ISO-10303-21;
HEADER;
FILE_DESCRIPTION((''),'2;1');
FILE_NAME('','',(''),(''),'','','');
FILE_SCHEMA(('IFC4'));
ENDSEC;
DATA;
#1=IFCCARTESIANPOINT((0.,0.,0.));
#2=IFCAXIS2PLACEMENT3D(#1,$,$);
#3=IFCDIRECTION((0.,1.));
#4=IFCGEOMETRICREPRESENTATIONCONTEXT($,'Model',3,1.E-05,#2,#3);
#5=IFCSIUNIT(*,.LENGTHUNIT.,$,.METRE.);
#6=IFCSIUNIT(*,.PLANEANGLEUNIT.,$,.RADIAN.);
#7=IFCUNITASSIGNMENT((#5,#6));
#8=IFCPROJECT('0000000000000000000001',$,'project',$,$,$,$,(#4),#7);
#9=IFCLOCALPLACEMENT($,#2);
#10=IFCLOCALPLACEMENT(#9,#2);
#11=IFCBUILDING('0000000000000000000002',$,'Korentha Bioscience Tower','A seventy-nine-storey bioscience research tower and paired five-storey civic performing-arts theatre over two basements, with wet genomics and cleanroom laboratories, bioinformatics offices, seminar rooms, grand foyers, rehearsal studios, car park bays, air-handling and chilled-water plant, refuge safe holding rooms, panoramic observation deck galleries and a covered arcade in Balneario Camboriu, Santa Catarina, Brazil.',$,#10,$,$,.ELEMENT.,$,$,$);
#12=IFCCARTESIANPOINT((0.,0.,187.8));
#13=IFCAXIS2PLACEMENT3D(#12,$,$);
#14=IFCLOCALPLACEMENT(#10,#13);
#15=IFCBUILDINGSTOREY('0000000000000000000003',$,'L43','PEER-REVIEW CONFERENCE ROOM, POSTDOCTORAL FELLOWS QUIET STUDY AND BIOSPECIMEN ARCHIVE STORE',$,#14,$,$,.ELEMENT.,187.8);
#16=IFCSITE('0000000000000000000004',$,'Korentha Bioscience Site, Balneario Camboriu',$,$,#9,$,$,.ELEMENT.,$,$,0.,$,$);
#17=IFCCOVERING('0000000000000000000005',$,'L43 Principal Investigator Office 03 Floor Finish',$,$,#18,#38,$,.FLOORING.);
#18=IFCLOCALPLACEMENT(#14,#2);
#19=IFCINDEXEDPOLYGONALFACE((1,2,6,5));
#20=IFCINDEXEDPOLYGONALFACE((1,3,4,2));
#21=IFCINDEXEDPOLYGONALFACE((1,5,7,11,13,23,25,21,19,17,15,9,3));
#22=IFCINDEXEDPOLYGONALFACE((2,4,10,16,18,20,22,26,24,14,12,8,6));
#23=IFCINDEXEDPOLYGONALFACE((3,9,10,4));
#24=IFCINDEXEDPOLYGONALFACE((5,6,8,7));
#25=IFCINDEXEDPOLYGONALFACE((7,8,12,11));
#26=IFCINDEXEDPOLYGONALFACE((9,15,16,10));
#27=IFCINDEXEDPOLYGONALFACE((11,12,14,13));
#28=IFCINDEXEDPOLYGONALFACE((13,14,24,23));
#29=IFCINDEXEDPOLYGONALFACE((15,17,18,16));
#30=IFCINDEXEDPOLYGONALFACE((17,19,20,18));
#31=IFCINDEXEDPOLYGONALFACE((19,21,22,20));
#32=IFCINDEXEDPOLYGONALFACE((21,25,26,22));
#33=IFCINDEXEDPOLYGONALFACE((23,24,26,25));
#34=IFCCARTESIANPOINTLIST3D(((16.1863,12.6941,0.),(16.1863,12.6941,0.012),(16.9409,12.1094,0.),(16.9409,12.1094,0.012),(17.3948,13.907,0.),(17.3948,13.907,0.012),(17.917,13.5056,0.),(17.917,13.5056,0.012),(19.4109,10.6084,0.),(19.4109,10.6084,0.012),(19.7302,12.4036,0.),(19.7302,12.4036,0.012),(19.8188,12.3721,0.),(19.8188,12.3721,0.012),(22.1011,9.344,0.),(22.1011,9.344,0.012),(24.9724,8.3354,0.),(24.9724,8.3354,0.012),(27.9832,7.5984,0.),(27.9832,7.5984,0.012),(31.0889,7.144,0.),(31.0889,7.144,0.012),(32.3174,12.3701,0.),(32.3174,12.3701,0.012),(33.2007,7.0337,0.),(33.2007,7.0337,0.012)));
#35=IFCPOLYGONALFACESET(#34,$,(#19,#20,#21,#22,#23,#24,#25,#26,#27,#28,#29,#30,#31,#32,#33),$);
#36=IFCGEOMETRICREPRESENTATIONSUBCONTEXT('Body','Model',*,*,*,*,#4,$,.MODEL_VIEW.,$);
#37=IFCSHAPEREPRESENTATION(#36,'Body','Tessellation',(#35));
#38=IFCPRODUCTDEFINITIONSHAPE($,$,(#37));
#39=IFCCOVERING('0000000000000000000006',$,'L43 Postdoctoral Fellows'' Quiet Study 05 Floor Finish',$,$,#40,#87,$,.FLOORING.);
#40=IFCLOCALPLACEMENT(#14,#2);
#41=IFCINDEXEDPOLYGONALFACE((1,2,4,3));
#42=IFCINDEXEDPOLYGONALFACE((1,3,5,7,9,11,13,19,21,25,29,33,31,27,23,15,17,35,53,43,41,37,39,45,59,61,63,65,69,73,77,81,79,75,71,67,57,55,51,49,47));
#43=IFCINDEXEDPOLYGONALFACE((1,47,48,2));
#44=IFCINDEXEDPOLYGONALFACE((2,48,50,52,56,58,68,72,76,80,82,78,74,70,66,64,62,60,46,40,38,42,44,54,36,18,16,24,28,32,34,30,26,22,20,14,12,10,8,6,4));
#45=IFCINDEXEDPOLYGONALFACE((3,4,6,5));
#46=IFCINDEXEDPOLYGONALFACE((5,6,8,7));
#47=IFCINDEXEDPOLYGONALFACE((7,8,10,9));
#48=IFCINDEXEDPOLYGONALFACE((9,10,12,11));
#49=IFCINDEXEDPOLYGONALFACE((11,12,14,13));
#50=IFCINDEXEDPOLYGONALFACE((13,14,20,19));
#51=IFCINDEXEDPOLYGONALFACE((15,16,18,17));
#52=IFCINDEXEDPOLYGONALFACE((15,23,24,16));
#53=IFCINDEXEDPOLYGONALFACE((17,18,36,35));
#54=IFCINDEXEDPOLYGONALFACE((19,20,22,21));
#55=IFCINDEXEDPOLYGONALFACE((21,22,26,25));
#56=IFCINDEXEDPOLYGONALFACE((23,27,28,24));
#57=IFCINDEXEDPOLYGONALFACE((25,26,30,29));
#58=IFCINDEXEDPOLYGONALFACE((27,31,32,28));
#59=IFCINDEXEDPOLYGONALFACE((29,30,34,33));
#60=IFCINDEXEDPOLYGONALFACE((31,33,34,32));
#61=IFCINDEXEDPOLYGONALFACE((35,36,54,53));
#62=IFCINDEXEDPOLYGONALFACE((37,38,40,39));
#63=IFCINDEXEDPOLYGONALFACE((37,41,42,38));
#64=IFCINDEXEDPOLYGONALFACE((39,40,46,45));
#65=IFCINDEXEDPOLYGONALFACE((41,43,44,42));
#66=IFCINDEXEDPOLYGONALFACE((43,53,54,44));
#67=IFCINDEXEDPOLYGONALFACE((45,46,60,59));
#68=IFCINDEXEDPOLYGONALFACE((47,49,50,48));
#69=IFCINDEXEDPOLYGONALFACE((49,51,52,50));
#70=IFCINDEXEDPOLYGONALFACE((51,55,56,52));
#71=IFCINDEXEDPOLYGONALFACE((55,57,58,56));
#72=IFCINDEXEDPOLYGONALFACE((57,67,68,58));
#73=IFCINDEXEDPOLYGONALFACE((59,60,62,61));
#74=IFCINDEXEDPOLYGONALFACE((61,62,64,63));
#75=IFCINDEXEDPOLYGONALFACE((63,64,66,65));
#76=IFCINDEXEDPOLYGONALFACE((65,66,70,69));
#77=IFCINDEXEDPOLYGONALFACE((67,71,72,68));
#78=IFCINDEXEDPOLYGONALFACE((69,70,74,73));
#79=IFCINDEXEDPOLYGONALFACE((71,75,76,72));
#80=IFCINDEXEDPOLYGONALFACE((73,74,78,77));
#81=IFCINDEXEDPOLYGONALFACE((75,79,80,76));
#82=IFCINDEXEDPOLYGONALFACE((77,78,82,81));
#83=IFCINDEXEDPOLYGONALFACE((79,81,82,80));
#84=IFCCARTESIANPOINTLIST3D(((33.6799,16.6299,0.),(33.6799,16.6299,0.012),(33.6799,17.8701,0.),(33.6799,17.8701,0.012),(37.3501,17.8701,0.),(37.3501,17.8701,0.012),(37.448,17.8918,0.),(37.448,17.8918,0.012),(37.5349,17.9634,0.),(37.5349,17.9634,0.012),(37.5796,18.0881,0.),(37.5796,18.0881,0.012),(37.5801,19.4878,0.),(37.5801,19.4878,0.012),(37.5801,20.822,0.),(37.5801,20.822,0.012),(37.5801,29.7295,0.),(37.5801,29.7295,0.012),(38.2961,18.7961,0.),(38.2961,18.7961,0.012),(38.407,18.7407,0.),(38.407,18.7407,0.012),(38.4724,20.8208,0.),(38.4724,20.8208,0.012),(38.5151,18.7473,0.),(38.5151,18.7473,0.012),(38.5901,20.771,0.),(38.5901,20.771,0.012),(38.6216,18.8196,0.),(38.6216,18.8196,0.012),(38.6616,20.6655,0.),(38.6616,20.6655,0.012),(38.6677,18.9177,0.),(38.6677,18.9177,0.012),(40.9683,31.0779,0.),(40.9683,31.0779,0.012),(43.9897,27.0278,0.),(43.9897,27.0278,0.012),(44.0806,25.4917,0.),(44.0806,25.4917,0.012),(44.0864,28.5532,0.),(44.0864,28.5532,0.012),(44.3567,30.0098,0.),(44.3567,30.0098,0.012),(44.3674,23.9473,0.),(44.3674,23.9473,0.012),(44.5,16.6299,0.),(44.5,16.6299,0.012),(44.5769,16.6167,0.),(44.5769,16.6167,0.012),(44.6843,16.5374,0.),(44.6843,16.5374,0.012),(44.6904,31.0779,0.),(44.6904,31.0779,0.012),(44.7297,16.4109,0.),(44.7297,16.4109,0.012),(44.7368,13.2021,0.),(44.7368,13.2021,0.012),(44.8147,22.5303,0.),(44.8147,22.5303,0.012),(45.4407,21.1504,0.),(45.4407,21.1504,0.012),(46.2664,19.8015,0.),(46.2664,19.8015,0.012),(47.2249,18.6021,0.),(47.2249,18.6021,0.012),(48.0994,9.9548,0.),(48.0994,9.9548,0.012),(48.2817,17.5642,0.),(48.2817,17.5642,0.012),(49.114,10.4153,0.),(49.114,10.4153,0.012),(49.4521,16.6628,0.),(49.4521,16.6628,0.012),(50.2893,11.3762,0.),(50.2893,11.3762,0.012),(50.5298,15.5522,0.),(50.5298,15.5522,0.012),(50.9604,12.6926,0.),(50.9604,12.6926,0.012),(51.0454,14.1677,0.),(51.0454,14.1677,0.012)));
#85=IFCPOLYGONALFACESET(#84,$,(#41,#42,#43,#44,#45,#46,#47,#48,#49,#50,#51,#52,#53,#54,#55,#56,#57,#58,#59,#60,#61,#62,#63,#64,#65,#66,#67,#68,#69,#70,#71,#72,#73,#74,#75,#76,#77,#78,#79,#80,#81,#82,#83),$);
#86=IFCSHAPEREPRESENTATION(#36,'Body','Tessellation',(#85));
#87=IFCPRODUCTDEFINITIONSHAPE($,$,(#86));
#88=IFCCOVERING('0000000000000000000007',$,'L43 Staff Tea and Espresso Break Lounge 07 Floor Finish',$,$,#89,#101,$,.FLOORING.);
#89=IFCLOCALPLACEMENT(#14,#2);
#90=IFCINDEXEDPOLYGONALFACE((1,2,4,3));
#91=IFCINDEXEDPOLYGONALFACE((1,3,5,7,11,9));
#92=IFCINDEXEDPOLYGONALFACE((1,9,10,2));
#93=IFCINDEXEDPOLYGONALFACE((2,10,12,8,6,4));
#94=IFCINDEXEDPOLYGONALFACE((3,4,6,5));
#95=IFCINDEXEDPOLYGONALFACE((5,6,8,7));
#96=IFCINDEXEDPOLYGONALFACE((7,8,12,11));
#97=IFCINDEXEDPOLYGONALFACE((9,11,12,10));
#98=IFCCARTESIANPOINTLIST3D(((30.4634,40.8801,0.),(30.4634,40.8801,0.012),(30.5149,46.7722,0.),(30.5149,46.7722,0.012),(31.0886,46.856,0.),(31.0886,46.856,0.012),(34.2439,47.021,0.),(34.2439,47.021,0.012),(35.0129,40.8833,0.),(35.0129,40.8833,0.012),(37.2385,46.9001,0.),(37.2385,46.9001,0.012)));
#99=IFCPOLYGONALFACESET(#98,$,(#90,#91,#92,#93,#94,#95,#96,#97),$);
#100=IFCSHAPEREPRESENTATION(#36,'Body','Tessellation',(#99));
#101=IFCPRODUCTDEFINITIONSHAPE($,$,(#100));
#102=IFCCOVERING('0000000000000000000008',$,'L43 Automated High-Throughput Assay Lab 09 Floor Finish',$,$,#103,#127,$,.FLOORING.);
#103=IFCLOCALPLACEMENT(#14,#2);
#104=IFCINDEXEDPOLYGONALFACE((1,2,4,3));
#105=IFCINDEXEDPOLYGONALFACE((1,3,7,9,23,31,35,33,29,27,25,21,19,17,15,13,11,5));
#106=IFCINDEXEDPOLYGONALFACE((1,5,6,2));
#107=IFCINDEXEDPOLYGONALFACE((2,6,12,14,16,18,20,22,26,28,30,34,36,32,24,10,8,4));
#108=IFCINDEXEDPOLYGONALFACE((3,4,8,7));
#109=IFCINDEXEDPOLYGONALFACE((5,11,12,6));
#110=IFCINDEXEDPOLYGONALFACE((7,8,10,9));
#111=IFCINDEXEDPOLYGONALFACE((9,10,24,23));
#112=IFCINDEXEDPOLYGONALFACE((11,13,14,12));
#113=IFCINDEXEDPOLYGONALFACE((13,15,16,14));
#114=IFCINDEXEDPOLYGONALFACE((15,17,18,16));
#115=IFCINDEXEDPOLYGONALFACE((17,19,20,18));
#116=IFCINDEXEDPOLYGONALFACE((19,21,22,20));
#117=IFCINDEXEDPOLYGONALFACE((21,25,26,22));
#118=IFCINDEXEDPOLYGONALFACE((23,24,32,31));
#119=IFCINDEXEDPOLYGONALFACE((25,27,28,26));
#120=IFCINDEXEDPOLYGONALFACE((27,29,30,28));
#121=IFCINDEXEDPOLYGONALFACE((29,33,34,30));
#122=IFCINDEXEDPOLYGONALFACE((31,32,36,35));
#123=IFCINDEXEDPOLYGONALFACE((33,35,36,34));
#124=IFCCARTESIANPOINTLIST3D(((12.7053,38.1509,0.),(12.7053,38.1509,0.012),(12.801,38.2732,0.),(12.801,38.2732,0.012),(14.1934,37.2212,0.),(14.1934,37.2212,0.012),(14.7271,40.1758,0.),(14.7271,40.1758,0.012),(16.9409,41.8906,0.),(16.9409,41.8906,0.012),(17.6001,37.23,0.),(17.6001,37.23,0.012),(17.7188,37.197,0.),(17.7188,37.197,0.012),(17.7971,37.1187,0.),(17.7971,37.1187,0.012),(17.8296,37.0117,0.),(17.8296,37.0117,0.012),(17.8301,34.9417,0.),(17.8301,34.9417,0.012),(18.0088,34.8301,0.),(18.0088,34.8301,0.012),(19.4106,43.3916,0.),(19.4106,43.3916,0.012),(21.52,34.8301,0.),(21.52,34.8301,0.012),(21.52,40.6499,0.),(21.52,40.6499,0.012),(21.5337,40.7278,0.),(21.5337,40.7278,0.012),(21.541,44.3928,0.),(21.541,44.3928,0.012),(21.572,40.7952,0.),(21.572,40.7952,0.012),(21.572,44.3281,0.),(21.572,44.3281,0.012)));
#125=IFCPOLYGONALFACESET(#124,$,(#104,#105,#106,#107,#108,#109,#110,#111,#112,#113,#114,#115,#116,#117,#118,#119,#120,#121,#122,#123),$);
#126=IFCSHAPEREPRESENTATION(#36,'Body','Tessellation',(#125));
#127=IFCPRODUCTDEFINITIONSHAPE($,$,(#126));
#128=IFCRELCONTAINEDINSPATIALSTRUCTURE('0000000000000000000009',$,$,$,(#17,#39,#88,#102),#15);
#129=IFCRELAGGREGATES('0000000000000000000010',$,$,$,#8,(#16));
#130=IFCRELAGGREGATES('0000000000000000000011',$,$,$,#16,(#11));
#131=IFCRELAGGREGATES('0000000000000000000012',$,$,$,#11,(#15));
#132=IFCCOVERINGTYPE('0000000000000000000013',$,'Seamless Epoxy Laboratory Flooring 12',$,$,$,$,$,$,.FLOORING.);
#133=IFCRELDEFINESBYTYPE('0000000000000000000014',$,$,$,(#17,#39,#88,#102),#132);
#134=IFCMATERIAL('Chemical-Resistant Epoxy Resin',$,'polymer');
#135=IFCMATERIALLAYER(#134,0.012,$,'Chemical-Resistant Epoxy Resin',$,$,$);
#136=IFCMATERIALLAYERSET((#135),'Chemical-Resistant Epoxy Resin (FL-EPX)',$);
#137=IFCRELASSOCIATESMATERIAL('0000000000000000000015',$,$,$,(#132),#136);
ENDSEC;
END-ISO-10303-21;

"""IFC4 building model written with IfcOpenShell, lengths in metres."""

from ifc_helpers import new_model, si_unit, direction, frame, origin, place, context, subcontext, project, spatial, polyline, outline, extrude, material, layer, layer_set, type_object, element, save


model = new_model("IFC4")

# Units and contexts
model_context = context("Model", 3, precision=1e-05, world=origin(), true_north=direction((0.0, 1.0)))
body_context = subcontext(model_context, "Body", "Model", "MODEL_VIEW")
ifc_project = project(units=[si_unit("LENGTHUNIT", "METRE"), si_unit("PLANEANGLEUNIT", "RADIAN")], contexts=[model_context])

# Site, building, storey
site_placement = place(None, origin())
site = spatial("IfcSite", under=ifc_project, at=site_placement, Name="Korentha Bioscience Site, Balneario Camboriu", CompositionType="ELEMENT", RefElevation=0.0)
building_placement = place(site_placement, origin())
building = spatial("IfcBuilding", under=site, at=building_placement, Name="Korentha Bioscience Tower", Description="A seventy-nine-storey bioscience research tower and paired five-storey civic performing-arts theatre over two basements, with wet genomics and cleanroom laboratories, bioinformatics offices, seminar rooms, grand foyers, rehearsal studios, car park bays, air-handling and chilled-water plant, refuge safe holding rooms, panoramic observation deck galleries and a covered arcade in Balneario Camboriu, Santa Catarina, Brazil.", CompositionType="ELEMENT")
storey_placement = place(building_placement, frame((0.0, 0.0, 187.8)))
storey = spatial("IfcBuildingStorey", under=building, at=storey_placement, Name="L43", Description="PEER-REVIEW CONFERENCE ROOM, POSTDOCTORAL FELLOWS QUIET STUDY AND BIOSPECIMEN ARCHIVE STORE", CompositionType="ELEMENT", Elevation=187.8)

# Coverings
ifc_material_1 = material(Name="Chemical-Resistant Epoxy Resin", Category="polymer")
ifc_layer_1 = layer(ifc_material_1, 0.012, Name="Chemical-Resistant Epoxy Resin")
ifc_layer_set_1 = layer_set([ifc_layer_1], Name="Chemical-Resistant Epoxy Resin (FL-EPX)")
covering_type_1 = type_object("IfcCoveringType", Name="Seamless Epoxy Laboratory Flooring 12", PredefinedType="FLOORING", material=ifc_layer_set_1)
covering_1_placement = place(storey_placement, origin())
element("IfcCovering", 1, at=covering_1_placement, inside=storey, type_object=covering_type_1, Name="L43 Principal Investigator Office 03 Floor Finish", PredefinedType="FLOORING", context=body_context, shape_type="SweptSolid", body=[
    extrude(outline(polyline([(22.1011, 9.344), (19.4109, 10.6084), (16.9409, 12.1094), (16.1863, 12.6941), (17.3948, 13.907), (17.917, 13.5056), (19.7302, 12.4036), (19.8188, 12.3721), (32.3174, 12.3701), (33.2007, 7.0337), (31.0889, 7.144), (27.9832, 7.5984), (24.9724, 8.3354), (22.1011, 9.344)])), origin(), (0.0, 0.0, 1.0), 0.012),
])
covering_2_placement = place(storey_placement, origin())
element("IfcCovering", 2, at=covering_2_placement, inside=storey, type_object=covering_type_1, Name="L43 Postdoctoral Fellows' Quiet Study 05 Floor Finish", PredefinedType="FLOORING", context=body_context, shape_type="SweptSolid", body=[
    extrude(outline(polyline([(38.2961, 18.7961), (38.407, 18.7407), (38.5151, 18.7473), (38.6216, 18.8196), (38.6677, 18.9177), (38.6616, 20.6655), (38.5901, 20.771), (38.4724, 20.8208), (37.5801, 20.822), (37.5801, 29.7295), (40.9683, 31.0779), (44.6904, 31.0779), (44.3567, 30.0098), (44.0864, 28.5532), (43.9897, 27.0278), (44.0806, 25.4917), (44.3674, 23.9473), (44.8147, 22.5303), (45.4407, 21.1504), (46.2664, 19.8015), (47.2249, 18.6021), (48.2817, 17.5642), (49.4521, 16.6628), (50.5298, 15.5522), (51.0454, 14.1677), (50.9604, 12.6926), (50.2893, 11.3762), (49.114, 10.4153), (48.0994, 9.9548), (44.7368, 13.2021), (44.7297, 16.4109), (44.6843, 16.5374), (44.5769, 16.6167), (44.5, 16.6299), (33.6799, 16.6299), (33.6799, 17.8701), (37.3501, 17.8701), (37.448, 17.8918), (37.5349, 17.9634), (37.5796, 18.0881), (37.5801, 19.4878), (38.2961, 18.7961)])), origin(), (0.0, 0.0, 1.0), 0.012),
])
covering_3_placement = place(storey_placement, origin())
element("IfcCovering", 3, at=covering_3_placement, inside=storey, type_object=covering_type_1, Name="L43 Staff Tea and Espresso Break Lounge 07 Floor Finish", PredefinedType="FLOORING", context=body_context, shape_type="SweptSolid", body=[
    extrude(outline(polyline([(37.2385, 46.9001), (35.0129, 40.8833), (30.4634, 40.8801), (30.5149, 46.7722), (31.0886, 46.856), (34.2439, 47.021), (37.2385, 46.9001)])), origin(), (0.0, 0.0, 1.0), 0.012),
])
covering_4_placement = place(storey_placement, origin())
element("IfcCovering", 4, at=covering_4_placement, inside=storey, type_object=covering_type_1, Name="L43 Automated High-Throughput Assay Lab 09 Floor Finish", PredefinedType="FLOORING", context=body_context, shape_type="SweptSolid", body=[
    extrude(outline(polyline([(12.7053, 38.1509), (12.801, 38.2732), (14.7271, 40.1758), (16.9409, 41.8906), (19.4106, 43.3916), (21.541, 44.3928), (21.572, 44.3281), (21.572, 40.7952), (21.5337, 40.7278), (21.52, 40.6499), (21.52, 34.8301), (18.0088, 34.8301), (17.8301, 34.9417), (17.8296, 37.0117), (17.7971, 37.1187), (17.7188, 37.197), (17.6001, 37.23), (14.1934, 37.2212), (12.7053, 38.1509)])), origin(), (0.0, 0.0, 1.0), 0.012),
])

save(model, "model.ifc")
